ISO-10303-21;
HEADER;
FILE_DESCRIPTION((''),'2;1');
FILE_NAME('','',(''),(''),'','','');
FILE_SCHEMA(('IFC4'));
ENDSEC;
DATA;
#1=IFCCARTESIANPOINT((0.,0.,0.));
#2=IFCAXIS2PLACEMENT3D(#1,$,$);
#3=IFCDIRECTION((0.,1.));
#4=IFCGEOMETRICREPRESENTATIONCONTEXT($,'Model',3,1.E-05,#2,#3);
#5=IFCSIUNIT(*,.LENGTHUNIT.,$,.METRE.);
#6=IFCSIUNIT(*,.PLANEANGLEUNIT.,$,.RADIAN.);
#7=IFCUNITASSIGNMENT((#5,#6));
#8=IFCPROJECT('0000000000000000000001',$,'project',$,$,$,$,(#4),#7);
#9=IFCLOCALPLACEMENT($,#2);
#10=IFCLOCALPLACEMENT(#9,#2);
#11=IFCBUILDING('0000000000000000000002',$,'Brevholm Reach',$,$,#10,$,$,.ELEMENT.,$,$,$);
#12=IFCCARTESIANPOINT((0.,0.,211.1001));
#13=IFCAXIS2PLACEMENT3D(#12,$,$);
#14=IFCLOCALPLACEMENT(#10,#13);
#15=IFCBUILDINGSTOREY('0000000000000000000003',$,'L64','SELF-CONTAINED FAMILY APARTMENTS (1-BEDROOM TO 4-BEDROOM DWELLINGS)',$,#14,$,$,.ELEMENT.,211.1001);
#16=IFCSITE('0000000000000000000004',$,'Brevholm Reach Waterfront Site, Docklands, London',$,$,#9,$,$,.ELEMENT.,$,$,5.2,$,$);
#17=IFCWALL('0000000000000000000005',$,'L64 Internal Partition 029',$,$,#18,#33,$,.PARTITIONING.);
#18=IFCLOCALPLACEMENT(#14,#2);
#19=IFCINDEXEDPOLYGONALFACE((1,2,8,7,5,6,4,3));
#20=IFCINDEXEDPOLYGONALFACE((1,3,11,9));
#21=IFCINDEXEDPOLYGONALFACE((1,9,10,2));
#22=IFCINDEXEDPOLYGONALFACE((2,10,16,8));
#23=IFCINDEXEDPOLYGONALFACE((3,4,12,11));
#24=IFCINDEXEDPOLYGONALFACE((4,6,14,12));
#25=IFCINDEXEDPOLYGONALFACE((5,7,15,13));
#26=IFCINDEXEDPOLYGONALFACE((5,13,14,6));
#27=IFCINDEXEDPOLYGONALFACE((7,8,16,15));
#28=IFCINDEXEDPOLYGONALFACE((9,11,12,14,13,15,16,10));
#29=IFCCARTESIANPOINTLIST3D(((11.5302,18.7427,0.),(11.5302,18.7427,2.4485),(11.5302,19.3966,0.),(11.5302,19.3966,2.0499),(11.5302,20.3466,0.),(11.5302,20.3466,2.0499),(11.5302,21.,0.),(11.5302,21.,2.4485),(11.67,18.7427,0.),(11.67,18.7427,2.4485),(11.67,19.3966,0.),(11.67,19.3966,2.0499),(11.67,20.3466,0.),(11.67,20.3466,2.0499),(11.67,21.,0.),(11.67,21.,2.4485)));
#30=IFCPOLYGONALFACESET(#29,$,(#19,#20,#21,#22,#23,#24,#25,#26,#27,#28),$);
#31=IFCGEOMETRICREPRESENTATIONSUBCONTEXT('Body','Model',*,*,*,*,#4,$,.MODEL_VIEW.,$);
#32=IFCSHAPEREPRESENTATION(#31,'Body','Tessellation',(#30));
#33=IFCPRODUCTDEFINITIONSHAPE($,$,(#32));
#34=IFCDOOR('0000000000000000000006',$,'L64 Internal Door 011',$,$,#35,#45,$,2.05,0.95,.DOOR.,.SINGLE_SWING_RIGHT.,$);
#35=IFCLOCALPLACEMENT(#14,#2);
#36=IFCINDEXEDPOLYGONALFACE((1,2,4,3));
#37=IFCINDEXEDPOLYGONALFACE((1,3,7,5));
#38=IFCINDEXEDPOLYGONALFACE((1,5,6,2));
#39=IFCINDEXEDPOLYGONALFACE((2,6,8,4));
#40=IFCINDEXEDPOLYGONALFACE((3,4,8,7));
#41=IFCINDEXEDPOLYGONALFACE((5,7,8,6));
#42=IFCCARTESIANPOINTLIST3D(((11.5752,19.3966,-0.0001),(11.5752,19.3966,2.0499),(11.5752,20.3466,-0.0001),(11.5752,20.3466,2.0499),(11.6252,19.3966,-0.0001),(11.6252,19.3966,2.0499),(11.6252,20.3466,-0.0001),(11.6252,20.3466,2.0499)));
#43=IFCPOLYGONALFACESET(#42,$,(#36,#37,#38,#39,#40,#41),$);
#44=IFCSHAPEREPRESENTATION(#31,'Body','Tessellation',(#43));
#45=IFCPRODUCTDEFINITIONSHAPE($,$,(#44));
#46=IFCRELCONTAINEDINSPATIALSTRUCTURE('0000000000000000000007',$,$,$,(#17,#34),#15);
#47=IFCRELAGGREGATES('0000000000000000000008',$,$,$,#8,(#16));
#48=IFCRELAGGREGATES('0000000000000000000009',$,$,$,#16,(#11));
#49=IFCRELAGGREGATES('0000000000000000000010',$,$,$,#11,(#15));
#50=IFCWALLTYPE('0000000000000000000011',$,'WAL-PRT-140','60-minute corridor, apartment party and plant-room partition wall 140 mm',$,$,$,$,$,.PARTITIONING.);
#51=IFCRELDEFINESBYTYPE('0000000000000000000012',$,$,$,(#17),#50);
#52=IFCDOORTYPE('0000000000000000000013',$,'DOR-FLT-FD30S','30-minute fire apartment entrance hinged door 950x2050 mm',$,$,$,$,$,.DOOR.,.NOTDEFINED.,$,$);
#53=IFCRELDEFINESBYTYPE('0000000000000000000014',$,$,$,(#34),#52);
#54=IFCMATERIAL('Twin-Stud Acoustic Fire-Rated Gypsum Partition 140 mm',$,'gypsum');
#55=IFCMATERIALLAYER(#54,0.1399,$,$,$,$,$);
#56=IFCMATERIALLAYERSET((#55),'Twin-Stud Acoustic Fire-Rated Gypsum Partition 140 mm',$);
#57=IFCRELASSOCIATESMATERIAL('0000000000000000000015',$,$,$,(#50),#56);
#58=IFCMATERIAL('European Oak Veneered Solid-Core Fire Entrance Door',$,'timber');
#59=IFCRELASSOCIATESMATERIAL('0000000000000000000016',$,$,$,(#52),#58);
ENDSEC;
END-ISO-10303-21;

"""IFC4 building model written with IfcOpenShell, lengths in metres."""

from ifc_helpers import new_model, si_unit, direction, frame, frame_2d, origin, place, context, subcontext, project, spatial, rectangle, extrude, material, layer, layer_set, type_object, element, fill, save


model = new_model("IFC4")

# Units and contexts
model_context = context("Model", 3, precision=1e-05, world=origin(), true_north=direction((0.0, 1.0)))
body_context = subcontext(model_context, "Body", "Model", "MODEL_VIEW")
ifc_project = project(units=[si_unit("LENGTHUNIT", "METRE"), si_unit("PLANEANGLEUNIT", "RADIAN")], contexts=[model_context])

# Site, building, storey
site_placement = place(None, origin())
site = spatial("IfcSite", under=ifc_project, at=site_placement, Name="Brevholm Reach Waterfront Site, Docklands, London", CompositionType="ELEMENT", RefElevation=5.2)
building_placement = place(site_placement, origin())
building = spatial("IfcBuilding", under=site, at=building_placement, Name="Brevholm Reach", CompositionType="ELEMENT")
storey_placement = place(building_placement, frame((0.0, 0.0, 211.1001)))
storey = spatial("IfcBuildingStorey", under=building, at=storey_placement, Name="L64", Description="SELF-CONTAINED FAMILY APARTMENTS (1-BEDROOM TO 4-BEDROOM DWELLINGS)", CompositionType="ELEMENT", Elevation=211.1001)

# Shared definitions
ifc_material_1 = material(Name="Twin-Stud Acoustic Fire-Rated Gypsum Partition 140 mm", Category="gypsum")
ifc_layer_1 = layer(ifc_material_1, 0.1399)
ifc_layer_set_1 = layer_set([ifc_layer_1], Name="Twin-Stud Acoustic Fire-Rated Gypsum Partition 140 mm")
wall_type_1 = type_object("IfcWallType", Name="WAL-PRT-140", Description="60-minute corridor, apartment party and plant-room partition wall 140 mm", PredefinedType="PARTITIONING", material=ifc_layer_set_1)

# Wall, opening, door
wall_1_placement = place(storey_placement, frame((11.6001, 18.7427, 0.0), z_axis=(0.0, 0.0, 1.0), x_axis=(0.0, 1.0, 0.0)))
wall_1 = element("IfcWall", 1, at=wall_1_placement, inside=storey, type_object=wall_type_1, Name="L64 Internal Partition 029", PredefinedType="PARTITIONING", context=body_context, shape_type="SweptSolid", body=[
    extrude(rectangle(XDim=2.2573, YDim=0.1399, at=frame_2d((1.1287, 0.0))), origin(), (0.0, 0.0, 1.0), 2.4485),
])
opening_1_placement = place(wall_1_placement, frame((0.6538, 0.0, 0.0)))
opening_1 = element("IfcOpeningElement", 2, at=opening_1_placement, cuts=wall_1, PredefinedType="OPENING", context=body_context, shape_type="SweptSolid", body=[
    extrude(rectangle(XDim=0.95, YDim=2.05, at=frame_2d((0.4751, 1.0249))), frame((0.0, 0.0798, 0.0), z_axis=(0.0, -1.0, 0.0), x_axis=(1.0, 0.0, 0.0)), (0.0, 0.0, 1.0), 0.1599),
])
ifc_material_2 = material(Name="European Oak Veneered Solid-Core Fire Entrance Door", Category="timber")
door_type_1 = type_object("IfcDoorType", Name="DOR-FLT-FD30S", Description="30-minute fire apartment entrance hinged door 950x2050 mm", OperationType="NOTDEFINED", PredefinedType="DOOR", material=ifc_material_2)
door_1_placement = place(opening_1_placement, origin())
door_1 = element("IfcDoor", 3, at=door_1_placement, inside=storey, type_object=door_type_1, Name="L64 Internal Door 011", OperationType="SINGLE_SWING_RIGHT", OverallHeight=2.05, OverallWidth=0.95, PredefinedType="DOOR", context=body_context, shape_type="SweptSolid", body=[
    extrude(rectangle(XDim=0.95, YDim=2.05, at=frame_2d((0.4751, 1.0249))), frame((0.0, 0.0249, 0.0), z_axis=(0.0, -1.0, 0.0), x_axis=(1.0, 0.0, 0.0)), (0.0, 0.0, 1.0), 0.05),
])
fill(opening_1, door_1)

save(model, "model.ifc")
